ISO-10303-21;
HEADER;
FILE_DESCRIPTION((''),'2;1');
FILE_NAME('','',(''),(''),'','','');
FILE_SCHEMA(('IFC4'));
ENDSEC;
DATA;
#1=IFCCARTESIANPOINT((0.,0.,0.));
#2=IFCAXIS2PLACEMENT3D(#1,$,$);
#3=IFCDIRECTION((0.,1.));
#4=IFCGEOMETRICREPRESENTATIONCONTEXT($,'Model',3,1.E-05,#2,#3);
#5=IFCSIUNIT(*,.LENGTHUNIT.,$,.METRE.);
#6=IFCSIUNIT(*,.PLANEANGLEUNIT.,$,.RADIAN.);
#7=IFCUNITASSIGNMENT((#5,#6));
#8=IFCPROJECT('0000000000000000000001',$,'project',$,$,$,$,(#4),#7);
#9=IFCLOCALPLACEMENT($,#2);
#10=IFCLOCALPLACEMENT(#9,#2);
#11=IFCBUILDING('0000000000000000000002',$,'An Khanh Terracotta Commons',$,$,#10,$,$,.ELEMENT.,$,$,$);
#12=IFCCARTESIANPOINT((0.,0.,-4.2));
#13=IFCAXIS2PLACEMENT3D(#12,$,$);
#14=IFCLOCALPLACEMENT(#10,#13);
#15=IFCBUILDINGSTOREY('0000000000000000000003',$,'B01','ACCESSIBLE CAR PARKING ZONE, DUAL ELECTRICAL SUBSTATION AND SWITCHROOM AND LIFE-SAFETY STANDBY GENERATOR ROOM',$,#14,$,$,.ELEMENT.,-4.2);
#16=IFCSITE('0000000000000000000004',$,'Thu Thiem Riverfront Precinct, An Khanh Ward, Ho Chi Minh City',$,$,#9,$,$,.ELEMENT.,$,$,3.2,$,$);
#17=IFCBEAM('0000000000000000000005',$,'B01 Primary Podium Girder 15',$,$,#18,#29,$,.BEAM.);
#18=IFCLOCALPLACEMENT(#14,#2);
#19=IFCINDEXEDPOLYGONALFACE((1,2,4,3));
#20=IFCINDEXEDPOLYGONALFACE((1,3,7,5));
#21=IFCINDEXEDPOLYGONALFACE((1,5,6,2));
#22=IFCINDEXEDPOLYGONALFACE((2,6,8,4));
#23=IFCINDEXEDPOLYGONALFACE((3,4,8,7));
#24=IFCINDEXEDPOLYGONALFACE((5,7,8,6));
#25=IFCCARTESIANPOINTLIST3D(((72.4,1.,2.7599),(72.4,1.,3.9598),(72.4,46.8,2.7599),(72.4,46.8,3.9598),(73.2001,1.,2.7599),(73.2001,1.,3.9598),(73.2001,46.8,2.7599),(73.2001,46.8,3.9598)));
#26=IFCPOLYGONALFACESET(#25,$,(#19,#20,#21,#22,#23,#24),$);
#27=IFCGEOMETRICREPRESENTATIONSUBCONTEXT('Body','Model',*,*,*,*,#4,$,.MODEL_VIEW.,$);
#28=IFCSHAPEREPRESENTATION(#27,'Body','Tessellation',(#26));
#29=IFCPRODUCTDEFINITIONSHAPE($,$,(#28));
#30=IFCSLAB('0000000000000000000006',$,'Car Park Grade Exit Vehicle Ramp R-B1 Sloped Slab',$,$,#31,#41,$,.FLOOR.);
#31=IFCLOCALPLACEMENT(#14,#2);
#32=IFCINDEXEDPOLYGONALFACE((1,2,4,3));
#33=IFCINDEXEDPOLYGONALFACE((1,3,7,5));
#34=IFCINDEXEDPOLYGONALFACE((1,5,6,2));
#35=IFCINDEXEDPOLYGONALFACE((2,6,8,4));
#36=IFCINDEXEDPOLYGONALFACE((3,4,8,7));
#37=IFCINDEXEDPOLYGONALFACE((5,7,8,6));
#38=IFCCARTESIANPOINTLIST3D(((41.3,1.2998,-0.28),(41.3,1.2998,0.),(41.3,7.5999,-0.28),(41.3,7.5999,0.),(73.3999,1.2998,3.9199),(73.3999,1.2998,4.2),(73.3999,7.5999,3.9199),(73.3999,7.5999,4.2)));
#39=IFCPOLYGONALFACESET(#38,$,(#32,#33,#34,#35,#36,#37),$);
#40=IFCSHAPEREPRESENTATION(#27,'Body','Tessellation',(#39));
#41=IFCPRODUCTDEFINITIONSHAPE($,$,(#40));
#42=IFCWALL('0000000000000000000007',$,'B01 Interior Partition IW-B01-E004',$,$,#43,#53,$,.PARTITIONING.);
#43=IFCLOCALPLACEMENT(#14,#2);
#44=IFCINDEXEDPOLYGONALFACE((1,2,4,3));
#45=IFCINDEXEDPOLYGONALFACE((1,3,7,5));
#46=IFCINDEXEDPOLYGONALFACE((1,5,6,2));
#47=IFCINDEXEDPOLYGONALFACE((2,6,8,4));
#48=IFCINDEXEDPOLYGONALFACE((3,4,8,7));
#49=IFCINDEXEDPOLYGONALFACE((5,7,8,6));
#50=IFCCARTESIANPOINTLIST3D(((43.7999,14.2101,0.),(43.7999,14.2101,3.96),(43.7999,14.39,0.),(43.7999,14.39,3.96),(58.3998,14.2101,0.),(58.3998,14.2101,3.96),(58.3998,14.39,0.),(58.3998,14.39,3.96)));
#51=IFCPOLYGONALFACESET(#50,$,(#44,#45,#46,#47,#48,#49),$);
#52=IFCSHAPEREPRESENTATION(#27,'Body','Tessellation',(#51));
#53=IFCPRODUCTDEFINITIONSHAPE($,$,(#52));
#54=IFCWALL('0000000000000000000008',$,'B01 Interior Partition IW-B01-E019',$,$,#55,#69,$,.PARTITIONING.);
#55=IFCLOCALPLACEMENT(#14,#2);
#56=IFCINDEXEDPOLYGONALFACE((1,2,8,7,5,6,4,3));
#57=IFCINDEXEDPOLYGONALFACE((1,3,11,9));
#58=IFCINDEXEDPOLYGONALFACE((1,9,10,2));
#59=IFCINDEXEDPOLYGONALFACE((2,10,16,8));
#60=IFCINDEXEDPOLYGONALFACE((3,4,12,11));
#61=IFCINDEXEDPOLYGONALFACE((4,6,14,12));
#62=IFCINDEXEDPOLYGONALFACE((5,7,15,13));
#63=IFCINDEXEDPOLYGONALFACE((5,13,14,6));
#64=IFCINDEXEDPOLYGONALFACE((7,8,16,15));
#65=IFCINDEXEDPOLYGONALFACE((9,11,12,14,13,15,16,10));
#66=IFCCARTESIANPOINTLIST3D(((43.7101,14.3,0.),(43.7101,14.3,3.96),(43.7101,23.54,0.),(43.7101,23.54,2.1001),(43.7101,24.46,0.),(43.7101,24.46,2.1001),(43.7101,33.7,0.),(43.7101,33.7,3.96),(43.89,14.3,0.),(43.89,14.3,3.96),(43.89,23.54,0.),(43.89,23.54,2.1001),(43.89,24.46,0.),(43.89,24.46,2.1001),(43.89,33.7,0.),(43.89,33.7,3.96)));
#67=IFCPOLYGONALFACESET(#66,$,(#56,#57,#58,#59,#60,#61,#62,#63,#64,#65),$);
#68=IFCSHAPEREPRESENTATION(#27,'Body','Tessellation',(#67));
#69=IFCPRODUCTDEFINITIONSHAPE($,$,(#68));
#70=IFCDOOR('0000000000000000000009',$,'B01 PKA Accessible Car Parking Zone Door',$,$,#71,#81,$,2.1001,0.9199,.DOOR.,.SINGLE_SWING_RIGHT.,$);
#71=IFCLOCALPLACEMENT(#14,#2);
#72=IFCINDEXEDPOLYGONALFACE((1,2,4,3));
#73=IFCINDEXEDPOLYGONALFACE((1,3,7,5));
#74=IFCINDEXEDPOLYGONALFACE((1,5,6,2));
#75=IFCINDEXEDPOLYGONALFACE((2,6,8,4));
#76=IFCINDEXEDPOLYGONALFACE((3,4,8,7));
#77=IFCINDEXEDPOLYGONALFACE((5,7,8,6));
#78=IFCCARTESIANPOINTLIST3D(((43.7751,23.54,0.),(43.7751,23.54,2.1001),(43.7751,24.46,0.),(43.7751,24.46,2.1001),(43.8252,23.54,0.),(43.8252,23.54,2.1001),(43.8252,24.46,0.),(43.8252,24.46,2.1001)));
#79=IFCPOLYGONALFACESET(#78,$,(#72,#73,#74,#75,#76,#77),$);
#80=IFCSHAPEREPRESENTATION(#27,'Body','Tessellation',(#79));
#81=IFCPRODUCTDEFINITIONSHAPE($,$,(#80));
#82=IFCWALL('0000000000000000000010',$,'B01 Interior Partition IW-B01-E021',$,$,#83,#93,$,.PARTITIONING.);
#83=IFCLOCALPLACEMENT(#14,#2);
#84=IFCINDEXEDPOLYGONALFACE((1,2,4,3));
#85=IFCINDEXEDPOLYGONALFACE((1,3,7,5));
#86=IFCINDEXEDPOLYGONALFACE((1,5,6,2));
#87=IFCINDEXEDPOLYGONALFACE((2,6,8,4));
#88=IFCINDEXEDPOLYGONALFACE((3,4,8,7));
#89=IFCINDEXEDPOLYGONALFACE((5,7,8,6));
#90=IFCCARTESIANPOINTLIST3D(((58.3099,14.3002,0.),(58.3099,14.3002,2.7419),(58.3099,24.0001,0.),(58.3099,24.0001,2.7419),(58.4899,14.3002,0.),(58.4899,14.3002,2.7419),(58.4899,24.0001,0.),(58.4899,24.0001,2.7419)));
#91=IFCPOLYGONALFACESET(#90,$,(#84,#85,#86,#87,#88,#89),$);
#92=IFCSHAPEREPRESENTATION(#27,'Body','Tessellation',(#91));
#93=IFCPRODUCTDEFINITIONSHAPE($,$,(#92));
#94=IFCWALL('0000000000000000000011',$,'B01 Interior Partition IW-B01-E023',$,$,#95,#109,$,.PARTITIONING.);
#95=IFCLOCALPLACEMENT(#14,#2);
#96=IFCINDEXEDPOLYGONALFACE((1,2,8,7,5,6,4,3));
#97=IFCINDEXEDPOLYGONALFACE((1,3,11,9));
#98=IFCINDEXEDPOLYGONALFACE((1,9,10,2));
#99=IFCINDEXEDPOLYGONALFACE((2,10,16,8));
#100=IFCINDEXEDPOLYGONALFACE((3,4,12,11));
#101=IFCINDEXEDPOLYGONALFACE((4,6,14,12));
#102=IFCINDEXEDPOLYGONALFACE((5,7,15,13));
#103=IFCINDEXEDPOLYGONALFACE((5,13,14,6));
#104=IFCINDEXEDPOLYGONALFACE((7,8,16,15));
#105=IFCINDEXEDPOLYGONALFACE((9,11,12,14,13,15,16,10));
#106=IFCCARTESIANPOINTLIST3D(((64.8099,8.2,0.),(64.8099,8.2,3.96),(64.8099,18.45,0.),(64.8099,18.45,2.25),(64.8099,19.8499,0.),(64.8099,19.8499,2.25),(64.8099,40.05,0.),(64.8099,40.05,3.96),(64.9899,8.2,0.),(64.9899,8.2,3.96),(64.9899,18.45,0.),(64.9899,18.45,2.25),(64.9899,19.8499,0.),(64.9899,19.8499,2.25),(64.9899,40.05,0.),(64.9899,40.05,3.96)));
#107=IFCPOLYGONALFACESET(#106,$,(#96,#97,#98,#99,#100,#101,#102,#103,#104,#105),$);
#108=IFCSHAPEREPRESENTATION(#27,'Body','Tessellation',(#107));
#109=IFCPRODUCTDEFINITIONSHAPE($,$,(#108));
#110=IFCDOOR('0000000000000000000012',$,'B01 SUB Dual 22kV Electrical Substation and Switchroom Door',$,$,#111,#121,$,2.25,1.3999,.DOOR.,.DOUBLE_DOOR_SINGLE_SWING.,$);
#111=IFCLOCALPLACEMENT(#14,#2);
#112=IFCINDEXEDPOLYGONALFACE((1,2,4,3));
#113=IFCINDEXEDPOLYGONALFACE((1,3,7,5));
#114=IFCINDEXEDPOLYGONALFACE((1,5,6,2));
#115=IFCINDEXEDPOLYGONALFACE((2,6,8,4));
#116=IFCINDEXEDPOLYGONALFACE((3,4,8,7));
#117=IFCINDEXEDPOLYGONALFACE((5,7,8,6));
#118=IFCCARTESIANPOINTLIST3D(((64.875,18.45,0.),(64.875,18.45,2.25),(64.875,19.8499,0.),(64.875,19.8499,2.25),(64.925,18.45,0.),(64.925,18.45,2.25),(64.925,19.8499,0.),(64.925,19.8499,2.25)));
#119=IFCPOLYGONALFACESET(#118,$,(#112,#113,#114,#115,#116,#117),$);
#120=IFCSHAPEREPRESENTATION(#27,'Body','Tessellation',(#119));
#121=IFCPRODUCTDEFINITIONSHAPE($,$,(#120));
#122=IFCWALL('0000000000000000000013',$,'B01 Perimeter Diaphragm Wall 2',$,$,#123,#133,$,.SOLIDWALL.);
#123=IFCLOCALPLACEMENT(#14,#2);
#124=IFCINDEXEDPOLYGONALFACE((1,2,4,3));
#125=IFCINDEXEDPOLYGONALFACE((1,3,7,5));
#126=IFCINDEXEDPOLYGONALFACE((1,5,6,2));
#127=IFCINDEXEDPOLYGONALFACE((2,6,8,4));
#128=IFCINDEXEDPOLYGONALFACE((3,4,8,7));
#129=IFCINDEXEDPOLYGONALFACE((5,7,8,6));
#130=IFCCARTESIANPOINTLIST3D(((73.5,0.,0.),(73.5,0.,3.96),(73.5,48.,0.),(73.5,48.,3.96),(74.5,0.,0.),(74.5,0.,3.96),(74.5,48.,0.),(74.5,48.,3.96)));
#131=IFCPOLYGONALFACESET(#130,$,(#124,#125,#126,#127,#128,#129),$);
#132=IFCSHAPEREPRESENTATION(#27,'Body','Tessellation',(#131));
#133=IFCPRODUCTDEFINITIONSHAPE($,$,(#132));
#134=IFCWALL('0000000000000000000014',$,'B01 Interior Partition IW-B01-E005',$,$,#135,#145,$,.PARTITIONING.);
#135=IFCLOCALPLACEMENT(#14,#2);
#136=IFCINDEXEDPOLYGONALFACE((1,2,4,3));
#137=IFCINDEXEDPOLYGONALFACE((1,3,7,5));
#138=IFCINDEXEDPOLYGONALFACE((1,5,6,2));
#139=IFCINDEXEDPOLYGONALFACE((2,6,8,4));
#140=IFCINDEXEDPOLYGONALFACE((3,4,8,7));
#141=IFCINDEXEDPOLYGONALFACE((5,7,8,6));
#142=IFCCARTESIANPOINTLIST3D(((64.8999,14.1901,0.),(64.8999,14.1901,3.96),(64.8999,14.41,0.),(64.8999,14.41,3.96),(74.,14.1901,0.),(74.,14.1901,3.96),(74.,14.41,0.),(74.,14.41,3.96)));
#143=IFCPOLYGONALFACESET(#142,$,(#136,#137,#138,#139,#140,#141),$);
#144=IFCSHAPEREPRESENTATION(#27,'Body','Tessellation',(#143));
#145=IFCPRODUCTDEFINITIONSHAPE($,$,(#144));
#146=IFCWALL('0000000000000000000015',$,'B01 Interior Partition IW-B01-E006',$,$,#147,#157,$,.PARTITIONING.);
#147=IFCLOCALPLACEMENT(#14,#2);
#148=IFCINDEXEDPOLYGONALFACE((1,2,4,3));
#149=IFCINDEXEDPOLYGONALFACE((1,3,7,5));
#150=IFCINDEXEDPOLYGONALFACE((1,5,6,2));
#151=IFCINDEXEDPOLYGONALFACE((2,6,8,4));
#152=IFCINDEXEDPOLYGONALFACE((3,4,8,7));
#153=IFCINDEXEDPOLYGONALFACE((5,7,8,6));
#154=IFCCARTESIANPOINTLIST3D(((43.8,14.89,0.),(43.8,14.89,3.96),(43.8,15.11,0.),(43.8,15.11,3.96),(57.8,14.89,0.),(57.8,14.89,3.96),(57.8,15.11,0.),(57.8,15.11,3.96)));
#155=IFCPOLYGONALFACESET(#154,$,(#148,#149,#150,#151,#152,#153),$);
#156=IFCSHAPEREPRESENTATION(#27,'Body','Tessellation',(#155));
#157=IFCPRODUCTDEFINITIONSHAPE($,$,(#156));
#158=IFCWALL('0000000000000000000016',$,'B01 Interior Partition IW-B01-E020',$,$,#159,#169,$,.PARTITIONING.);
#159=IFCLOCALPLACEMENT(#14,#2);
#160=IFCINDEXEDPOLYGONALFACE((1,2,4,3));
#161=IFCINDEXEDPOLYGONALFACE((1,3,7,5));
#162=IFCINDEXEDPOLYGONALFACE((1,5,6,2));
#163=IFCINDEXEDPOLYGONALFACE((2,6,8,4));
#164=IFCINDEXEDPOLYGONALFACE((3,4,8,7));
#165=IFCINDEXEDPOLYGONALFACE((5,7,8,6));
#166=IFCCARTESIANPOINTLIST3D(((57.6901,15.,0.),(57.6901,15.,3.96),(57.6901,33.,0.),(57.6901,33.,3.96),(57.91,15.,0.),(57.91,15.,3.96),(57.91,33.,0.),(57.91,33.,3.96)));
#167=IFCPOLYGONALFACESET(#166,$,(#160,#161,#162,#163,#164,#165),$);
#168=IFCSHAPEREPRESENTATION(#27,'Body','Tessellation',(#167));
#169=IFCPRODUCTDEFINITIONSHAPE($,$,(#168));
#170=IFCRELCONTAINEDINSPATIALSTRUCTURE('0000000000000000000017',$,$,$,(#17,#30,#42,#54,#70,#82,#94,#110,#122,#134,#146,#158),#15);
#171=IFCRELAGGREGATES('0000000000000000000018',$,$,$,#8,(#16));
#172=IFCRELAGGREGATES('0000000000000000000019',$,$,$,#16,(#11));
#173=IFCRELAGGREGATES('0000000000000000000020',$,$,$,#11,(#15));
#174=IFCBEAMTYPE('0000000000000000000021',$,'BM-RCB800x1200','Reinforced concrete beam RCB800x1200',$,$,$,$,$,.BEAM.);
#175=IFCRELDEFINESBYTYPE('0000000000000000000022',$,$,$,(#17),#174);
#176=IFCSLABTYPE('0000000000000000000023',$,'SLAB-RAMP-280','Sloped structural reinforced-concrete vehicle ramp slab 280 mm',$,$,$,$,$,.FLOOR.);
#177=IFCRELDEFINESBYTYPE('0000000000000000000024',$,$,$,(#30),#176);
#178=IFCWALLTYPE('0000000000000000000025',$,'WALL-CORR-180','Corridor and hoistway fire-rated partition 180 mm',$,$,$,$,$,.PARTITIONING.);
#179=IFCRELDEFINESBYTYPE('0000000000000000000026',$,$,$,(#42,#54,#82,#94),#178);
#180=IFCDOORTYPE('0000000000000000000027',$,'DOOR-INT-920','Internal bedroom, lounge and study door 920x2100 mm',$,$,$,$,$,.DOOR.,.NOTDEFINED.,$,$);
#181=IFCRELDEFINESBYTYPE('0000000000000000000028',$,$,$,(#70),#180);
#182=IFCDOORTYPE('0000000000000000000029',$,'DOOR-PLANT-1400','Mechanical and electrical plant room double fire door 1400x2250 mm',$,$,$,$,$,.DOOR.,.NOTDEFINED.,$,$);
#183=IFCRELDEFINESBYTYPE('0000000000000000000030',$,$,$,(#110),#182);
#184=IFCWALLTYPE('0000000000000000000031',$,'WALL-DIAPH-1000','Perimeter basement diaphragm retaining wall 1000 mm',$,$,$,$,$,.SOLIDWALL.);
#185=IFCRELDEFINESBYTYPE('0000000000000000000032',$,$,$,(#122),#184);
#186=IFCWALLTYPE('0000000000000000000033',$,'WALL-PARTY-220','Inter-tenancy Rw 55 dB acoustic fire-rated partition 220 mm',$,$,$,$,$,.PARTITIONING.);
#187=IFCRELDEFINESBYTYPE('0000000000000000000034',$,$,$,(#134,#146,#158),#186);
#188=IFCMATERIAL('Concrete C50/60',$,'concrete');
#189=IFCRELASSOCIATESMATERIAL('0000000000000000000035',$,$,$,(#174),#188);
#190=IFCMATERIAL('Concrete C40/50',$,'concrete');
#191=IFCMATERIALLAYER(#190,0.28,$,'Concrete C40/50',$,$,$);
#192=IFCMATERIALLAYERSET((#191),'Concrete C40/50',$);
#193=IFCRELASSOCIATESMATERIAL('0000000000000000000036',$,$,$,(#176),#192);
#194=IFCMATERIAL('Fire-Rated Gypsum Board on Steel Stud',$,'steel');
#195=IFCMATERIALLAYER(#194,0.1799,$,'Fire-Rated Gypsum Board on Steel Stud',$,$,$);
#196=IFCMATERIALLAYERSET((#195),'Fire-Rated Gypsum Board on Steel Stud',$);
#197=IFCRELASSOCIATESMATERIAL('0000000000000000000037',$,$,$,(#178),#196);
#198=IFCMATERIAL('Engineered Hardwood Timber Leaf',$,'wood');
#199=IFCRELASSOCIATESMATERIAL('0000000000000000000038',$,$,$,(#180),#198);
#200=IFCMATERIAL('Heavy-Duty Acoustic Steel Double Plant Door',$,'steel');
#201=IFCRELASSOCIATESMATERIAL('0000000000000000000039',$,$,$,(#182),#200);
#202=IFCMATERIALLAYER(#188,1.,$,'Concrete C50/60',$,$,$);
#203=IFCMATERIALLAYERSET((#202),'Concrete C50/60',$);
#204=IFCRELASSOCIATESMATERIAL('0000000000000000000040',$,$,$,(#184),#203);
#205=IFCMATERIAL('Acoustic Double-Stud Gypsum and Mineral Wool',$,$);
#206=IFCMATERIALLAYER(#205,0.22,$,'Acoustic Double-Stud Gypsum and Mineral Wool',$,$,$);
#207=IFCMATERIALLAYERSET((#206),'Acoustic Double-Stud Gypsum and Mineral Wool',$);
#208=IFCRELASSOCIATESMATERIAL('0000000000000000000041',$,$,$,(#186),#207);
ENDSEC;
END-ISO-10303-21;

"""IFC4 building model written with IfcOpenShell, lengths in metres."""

from ifc_helpers import new_model, si_unit, direction, frame, frame_2d, origin, origin_2d, place, context, subcontext, project, spatial, polyline, rectangle, outline, extrude, material, layer, layer_set, material_profile, profile_set, type_object, element, fill, save


model = new_model("IFC4")

# Units and contexts
model_context = context("Model", 3, precision=1e-05, world=origin(), true_north=direction((0.0, 1.0)))
body_context = subcontext(model_context, "Body", "Model", "MODEL_VIEW")
ifc_project = project(units=[si_unit("LENGTHUNIT", "METRE"), si_unit("PLANEANGLEUNIT", "RADIAN")], contexts=[model_context])

# Site, building, storey
site_placement = place(None, origin())
site = spatial("IfcSite", under=ifc_project, at=site_placement, Name="Thu Thiem Riverfront Precinct, An Khanh Ward, Ho Chi Minh City", CompositionType="ELEMENT", RefElevation=3.2)
building_placement = place(site_placement, origin())
building = spatial("IfcBuilding", under=site, at=building_placement, Name="An Khanh Terracotta Commons", CompositionType="ELEMENT")
storey_placement = place(building_placement, frame((0.0, 0.0, -4.2)))
storey = spatial("IfcBuildingStorey", under=building, at=storey_placement, Name="B01", Description="ACCESSIBLE CAR PARKING ZONE, DUAL ELECTRICAL SUBSTATION AND SWITCHROOM AND LIFE-SAFETY STANDBY GENERATOR ROOM", CompositionType="ELEMENT", Elevation=-4.2)

# Beam
ifc_material_1 = material(Name="Concrete C50/60", Category="concrete")
ifc_material_profile_1 = material_profile(ifc_material_1, rectangle(XDim=0.8, YDim=1.2, at=origin_2d()), Name="RCB800x1200")
ifc_profile_set_1 = profile_set([ifc_material_profile_1], Name="Concrete C50/60")
beam_type_1 = type_object("IfcBeamType", Name="BM-RCB800x1200", Description="Reinforced concrete beam RCB800x1200", PredefinedType="BEAM", material=ifc_profile_set_1)
beam_1_placement = place(storey_placement, frame((72.8, 1.0, 3.3599), z_axis=(0.0, 1.0, 0.0), x_axis=(-1.0, 0.0, 0.0)))
element("IfcBeam", 1, at=beam_1_placement, inside=storey, type_object=beam_type_1, Name="B01 Primary Podium Girder 15", PredefinedType="BEAM", context=body_context, shape_type="SweptSolid", body=[
    extrude(rectangle(XDim=0.8, YDim=1.2, at=origin_2d()), origin(), (0.0, 0.0, 1.0), 45.8),
])

# Slab
ifc_material_2 = material(Name="Concrete C40/50", Category="concrete")
ifc_layer_1 = layer(ifc_material_2, 0.28, Name="Concrete C40/50")
ifc_layer_set_1 = layer_set([ifc_layer_1], Name="Concrete C40/50")
slab_type = type_object("IfcSlabType", Name="SLAB-RAMP-280", Description="Sloped structural reinforced-concrete vehicle ramp slab 280 mm", PredefinedType="FLOOR", material=ifc_layer_set_1)
slab_placement = place(storey_placement, frame((41.3, 4.45, 0.0), z_axis=(0.0, 0.0, 1.0), x_axis=(1.0, 0.0, 0.0)))
element("IfcSlab", 2, at=slab_placement, inside=storey, type_object=slab_type, Name="Car Park Grade Exit Vehicle Ramp R-B1 Sloped Slab", PredefinedType="FLOOR", context=body_context, shape_type="SweptSolid", body=[
    extrude(outline(polyline([(0.0, 0.0), (32.0999, 4.2), (32.0999, 3.9199), (0.0, -0.28), (0.0, 0.0)])), frame((0.0, 3.1499, 0.0), z_axis=(0.0, -1.0, 0.0), x_axis=(1.0, 0.0, 0.0)), (0.0, 0.0, 1.0), 6.3),
])

# Wall
ifc_material_3 = material(Name="Fire-Rated Gypsum Board on Steel Stud", Category="steel")
ifc_layer_2 = layer(ifc_material_3, 0.1799, Name="Fire-Rated Gypsum Board on Steel Stud")
ifc_layer_set_2 = layer_set([ifc_layer_2], Name="Fire-Rated Gypsum Board on Steel Stud")
wall_type_1 = type_object("IfcWallType", Name="WALL-CORR-180", Description="Corridor and hoistway fire-rated partition 180 mm", PredefinedType="PARTITIONING", material=ifc_layer_set_2)
wall_1_placement = place(storey_placement, frame((43.8, 14.3, 0.0), z_axis=(0.0, 0.0, 1.0), x_axis=(1.0, 0.0, 0.0)))
element("IfcWall", 3, at=wall_1_placement, inside=storey, type_object=wall_type_1, Name="B01 Interior Partition IW-B01-E004", PredefinedType="PARTITIONING", context=body_context, shape_type="SweptSolid", body=[
    extrude(rectangle(XDim=14.5999, YDim=0.1799, at=frame_2d((7.2998, 0.0))), origin(), (0.0, 0.0, 1.0), 3.96),
])

# Wall, opening, door
wall_2_placement = place(storey_placement, frame((43.8, 14.3, 0.0), z_axis=(0.0, 0.0, 1.0), x_axis=(0.0, 1.0, 0.0)))
wall_2 = element("IfcWall", 4, at=wall_2_placement, inside=storey, type_object=wall_type_1, Name="B01 Interior Partition IW-B01-E019", PredefinedType="PARTITIONING", context=body_context, shape_type="SweptSolid", body=[
    extrude(rectangle(XDim=19.3999, YDim=0.1799, at=frame_2d((9.7, 0.0))), origin(), (0.0, 0.0, 1.0), 3.96),
])
opening_1_placement = place(wall_2_placement, frame((9.24, 0.0, 0.0)))
opening_1 = element("IfcOpeningElement", 5, at=opening_1_placement, cuts=wall_2, PredefinedType="OPENING", context=body_context, shape_type="SweptSolid", body=[
    extrude(rectangle(XDim=0.9199, YDim=2.1001, at=frame_2d((0.46, 1.05))), frame((0.0, 0.0999, 0.0), z_axis=(0.0, -1.0, 0.0), x_axis=(1.0, 0.0, 0.0)), (0.0, 0.0, 1.0), 0.2),
])
ifc_material_4 = material(Name="Engineered Hardwood Timber Leaf", Category="wood")
door_type_1 = type_object("IfcDoorType", Name="DOOR-INT-920", Description="Internal bedroom, lounge and study door 920x2100 mm", OperationType="NOTDEFINED", PredefinedType="DOOR", material=ifc_material_4)
door_1_placement = place(opening_1_placement, origin())
door_1 = element("IfcDoor", 6, at=door_1_placement, inside=storey, type_object=door_type_1, Name="B01 PKA Accessible Car Parking Zone Door", OperationType="SINGLE_SWING_RIGHT", OverallHeight=2.1001, OverallWidth=0.9199, PredefinedType="DOOR", context=body_context, shape_type="SweptSolid", body=[
    extrude(rectangle(XDim=0.9199, YDim=2.1001, at=frame_2d((0.46, 1.05))), frame((0.0, 0.0249, 0.0), z_axis=(0.0, -1.0, 0.0), x_axis=(1.0, 0.0, 0.0)), (0.0, 0.0, 1.0), 0.05),
])
fill(opening_1, door_1)

# Wall
wall_3_placement = place(storey_placement, frame((58.3999, 14.3, 0.0), z_axis=(0.0, 0.0, 1.0), x_axis=(0.0, 1.0, 0.0)))
element("IfcWall", 7, at=wall_3_placement, inside=storey, type_object=wall_type_1, Name="B01 Interior Partition IW-B01-E021", PredefinedType="PARTITIONING", context=body_context, shape_type="SweptSolid", body=[
    extrude(rectangle(XDim=9.7, YDim=0.1799, at=frame_2d((4.8501, 0.0))), origin(), (0.0, 0.0, 1.0), 2.7419),
])

# Wall, opening, door
wall_4_placement = place(storey_placement, frame((64.8999, 8.2, 0.0), z_axis=(0.0, 0.0, 1.0), x_axis=(0.0, 1.0, 0.0)))
wall_4 = element("IfcWall", 8, at=wall_4_placement, inside=storey, type_object=wall_type_1, Name="B01 Interior Partition IW-B01-E023", PredefinedType="PARTITIONING", context=body_context, shape_type="SweptSolid", body=[
    extrude(rectangle(XDim=31.8501, YDim=0.1799, at=frame_2d((15.925, 0.0))), origin(), (0.0, 0.0, 1.0), 3.96),
])
opening_2_placement = place(wall_4_placement, frame((10.25, 0.0, 0.0)))
opening_2 = element("IfcOpeningElement", 9, at=opening_2_placement, cuts=wall_4, PredefinedType="OPENING", context=body_context, shape_type="SweptSolid", body=[
    extrude(rectangle(XDim=1.3999, YDim=2.25, at=frame_2d((0.7, 1.125))), frame((0.0, 0.0999, 0.0), z_axis=(0.0, -1.0, 0.0), x_axis=(1.0, 0.0, 0.0)), (0.0, 0.0, 1.0), 0.2),
])
ifc_material_5 = material(Name="Heavy-Duty Acoustic Steel Double Plant Door", Category="steel")
door_type_2 = type_object("IfcDoorType", Name="DOOR-PLANT-1400", Description="Mechanical and electrical plant room double fire door 1400x2250 mm", OperationType="NOTDEFINED", PredefinedType="DOOR", material=ifc_material_5)
door_2_placement = place(opening_2_placement, origin())
door_2 = element("IfcDoor", 10, at=door_2_placement, inside=storey, type_object=door_type_2, Name="B01 SUB Dual 22kV Electrical Substation and Switchroom Door", OperationType="DOUBLE_DOOR_SINGLE_SWING", OverallHeight=2.25, OverallWidth=1.3999, PredefinedType="DOOR", context=body_context, shape_type="SweptSolid", body=[
    extrude(rectangle(XDim=1.3999, YDim=2.25, at=frame_2d((0.7, 1.125))), frame((0.0, 0.0249, 0.0), z_axis=(0.0, -1.0, 0.0), x_axis=(1.0, 0.0, 0.0)), (0.0, 0.0, 1.0), 0.05),
])
fill(opening_2, door_2)

# Walls
ifc_layer_3 = layer(ifc_material_1, 1.0, Name="Concrete C50/60")
ifc_layer_set_3 = layer_set([ifc_layer_3], Name="Concrete C50/60")
wall_type_2 = type_object("IfcWallType", Name="WALL-DIAPH-1000", Description="Perimeter basement diaphragm retaining wall 1000 mm", PredefinedType="SOLIDWALL", material=ifc_layer_set_3)
wall_5_placement = place(storey_placement, frame((74.0, 0.0, 0.0), z_axis=(0.0, 0.0, 1.0), x_axis=(0.0, 1.0, 0.0)))
element("IfcWall", 11, at=wall_5_placement, inside=storey, type_object=wall_type_2, Name="B01 Perimeter Diaphragm Wall 2", PredefinedType="SOLIDWALL", context=body_context, shape_type="SweptSolid", body=[
    extrude(rectangle(XDim=48.0, YDim=1.0, at=frame_2d((24.0, 0.0))), origin(), (0.0, 0.0, 1.0), 3.96),
])
ifc_material_6 = material(Name="Acoustic Double-Stud Gypsum and Mineral Wool")
ifc_layer_4 = layer(ifc_material_6, 0.22, Name="Acoustic Double-Stud Gypsum and Mineral Wool")
ifc_layer_set_4 = layer_set([ifc_layer_4], Name="Acoustic Double-Stud Gypsum and Mineral Wool")
wall_type_3 = type_object("IfcWallType", Name="WALL-PARTY-220", Description="Inter-tenancy Rw 55 dB acoustic fire-rated partition 220 mm", PredefinedType="PARTITIONING", material=ifc_layer_set_4)
wall_6_placement = place(storey_placement, frame((64.8999, 14.3, 0.0), z_axis=(0.0, 0.0, 1.0), x_axis=(1.0, 0.0, 0.0)))
element("IfcWall", 12, at=wall_6_placement, inside=storey, type_object=wall_type_3, Name="B01 Interior Partition IW-B01-E005", PredefinedType="PARTITIONING", context=body_context, shape_type="SweptSolid", body=[
    extrude(rectangle(XDim=9.1001, YDim=0.22, at=frame_2d((4.55, 0.0))), origin(), (0.0, 0.0, 1.0), 3.96),
])
wall_7_placement = place(storey_placement, frame((43.8, 15.0, 0.0), z_axis=(0.0, 0.0, 1.0), x_axis=(1.0, 0.0, 0.0)))
element("IfcWall", 13, at=wall_7_placement, inside=storey, type_object=wall_type_3, Name="B01 Interior Partition IW-B01-E006", PredefinedType="PARTITIONING", context=body_context, shape_type="SweptSolid", body=[
    extrude(rectangle(XDim=14.0, YDim=0.22, at=frame_2d((7.0, 0.0))), origin(), (0.0, 0.0, 1.0), 3.96),
])
wall_8_placement = place(storey_placement, frame((57.8, 15.0, 0.0), z_axis=(0.0, 0.0, 1.0), x_axis=(0.0, 1.0, 0.0)))
element("IfcWall", 14, at=wall_8_placement, inside=storey, type_object=wall_type_3, Name="B01 Interior Partition IW-B01-E020", PredefinedType="PARTITIONING", context=body_context, shape_type="SweptSolid", body=[
    extrude(rectangle(XDim=18.0, YDim=0.22, at=frame_2d((9.0, 0.0))), origin(), (0.0, 0.0, 1.0), 3.96),
])

save(model, "model.ifc")
